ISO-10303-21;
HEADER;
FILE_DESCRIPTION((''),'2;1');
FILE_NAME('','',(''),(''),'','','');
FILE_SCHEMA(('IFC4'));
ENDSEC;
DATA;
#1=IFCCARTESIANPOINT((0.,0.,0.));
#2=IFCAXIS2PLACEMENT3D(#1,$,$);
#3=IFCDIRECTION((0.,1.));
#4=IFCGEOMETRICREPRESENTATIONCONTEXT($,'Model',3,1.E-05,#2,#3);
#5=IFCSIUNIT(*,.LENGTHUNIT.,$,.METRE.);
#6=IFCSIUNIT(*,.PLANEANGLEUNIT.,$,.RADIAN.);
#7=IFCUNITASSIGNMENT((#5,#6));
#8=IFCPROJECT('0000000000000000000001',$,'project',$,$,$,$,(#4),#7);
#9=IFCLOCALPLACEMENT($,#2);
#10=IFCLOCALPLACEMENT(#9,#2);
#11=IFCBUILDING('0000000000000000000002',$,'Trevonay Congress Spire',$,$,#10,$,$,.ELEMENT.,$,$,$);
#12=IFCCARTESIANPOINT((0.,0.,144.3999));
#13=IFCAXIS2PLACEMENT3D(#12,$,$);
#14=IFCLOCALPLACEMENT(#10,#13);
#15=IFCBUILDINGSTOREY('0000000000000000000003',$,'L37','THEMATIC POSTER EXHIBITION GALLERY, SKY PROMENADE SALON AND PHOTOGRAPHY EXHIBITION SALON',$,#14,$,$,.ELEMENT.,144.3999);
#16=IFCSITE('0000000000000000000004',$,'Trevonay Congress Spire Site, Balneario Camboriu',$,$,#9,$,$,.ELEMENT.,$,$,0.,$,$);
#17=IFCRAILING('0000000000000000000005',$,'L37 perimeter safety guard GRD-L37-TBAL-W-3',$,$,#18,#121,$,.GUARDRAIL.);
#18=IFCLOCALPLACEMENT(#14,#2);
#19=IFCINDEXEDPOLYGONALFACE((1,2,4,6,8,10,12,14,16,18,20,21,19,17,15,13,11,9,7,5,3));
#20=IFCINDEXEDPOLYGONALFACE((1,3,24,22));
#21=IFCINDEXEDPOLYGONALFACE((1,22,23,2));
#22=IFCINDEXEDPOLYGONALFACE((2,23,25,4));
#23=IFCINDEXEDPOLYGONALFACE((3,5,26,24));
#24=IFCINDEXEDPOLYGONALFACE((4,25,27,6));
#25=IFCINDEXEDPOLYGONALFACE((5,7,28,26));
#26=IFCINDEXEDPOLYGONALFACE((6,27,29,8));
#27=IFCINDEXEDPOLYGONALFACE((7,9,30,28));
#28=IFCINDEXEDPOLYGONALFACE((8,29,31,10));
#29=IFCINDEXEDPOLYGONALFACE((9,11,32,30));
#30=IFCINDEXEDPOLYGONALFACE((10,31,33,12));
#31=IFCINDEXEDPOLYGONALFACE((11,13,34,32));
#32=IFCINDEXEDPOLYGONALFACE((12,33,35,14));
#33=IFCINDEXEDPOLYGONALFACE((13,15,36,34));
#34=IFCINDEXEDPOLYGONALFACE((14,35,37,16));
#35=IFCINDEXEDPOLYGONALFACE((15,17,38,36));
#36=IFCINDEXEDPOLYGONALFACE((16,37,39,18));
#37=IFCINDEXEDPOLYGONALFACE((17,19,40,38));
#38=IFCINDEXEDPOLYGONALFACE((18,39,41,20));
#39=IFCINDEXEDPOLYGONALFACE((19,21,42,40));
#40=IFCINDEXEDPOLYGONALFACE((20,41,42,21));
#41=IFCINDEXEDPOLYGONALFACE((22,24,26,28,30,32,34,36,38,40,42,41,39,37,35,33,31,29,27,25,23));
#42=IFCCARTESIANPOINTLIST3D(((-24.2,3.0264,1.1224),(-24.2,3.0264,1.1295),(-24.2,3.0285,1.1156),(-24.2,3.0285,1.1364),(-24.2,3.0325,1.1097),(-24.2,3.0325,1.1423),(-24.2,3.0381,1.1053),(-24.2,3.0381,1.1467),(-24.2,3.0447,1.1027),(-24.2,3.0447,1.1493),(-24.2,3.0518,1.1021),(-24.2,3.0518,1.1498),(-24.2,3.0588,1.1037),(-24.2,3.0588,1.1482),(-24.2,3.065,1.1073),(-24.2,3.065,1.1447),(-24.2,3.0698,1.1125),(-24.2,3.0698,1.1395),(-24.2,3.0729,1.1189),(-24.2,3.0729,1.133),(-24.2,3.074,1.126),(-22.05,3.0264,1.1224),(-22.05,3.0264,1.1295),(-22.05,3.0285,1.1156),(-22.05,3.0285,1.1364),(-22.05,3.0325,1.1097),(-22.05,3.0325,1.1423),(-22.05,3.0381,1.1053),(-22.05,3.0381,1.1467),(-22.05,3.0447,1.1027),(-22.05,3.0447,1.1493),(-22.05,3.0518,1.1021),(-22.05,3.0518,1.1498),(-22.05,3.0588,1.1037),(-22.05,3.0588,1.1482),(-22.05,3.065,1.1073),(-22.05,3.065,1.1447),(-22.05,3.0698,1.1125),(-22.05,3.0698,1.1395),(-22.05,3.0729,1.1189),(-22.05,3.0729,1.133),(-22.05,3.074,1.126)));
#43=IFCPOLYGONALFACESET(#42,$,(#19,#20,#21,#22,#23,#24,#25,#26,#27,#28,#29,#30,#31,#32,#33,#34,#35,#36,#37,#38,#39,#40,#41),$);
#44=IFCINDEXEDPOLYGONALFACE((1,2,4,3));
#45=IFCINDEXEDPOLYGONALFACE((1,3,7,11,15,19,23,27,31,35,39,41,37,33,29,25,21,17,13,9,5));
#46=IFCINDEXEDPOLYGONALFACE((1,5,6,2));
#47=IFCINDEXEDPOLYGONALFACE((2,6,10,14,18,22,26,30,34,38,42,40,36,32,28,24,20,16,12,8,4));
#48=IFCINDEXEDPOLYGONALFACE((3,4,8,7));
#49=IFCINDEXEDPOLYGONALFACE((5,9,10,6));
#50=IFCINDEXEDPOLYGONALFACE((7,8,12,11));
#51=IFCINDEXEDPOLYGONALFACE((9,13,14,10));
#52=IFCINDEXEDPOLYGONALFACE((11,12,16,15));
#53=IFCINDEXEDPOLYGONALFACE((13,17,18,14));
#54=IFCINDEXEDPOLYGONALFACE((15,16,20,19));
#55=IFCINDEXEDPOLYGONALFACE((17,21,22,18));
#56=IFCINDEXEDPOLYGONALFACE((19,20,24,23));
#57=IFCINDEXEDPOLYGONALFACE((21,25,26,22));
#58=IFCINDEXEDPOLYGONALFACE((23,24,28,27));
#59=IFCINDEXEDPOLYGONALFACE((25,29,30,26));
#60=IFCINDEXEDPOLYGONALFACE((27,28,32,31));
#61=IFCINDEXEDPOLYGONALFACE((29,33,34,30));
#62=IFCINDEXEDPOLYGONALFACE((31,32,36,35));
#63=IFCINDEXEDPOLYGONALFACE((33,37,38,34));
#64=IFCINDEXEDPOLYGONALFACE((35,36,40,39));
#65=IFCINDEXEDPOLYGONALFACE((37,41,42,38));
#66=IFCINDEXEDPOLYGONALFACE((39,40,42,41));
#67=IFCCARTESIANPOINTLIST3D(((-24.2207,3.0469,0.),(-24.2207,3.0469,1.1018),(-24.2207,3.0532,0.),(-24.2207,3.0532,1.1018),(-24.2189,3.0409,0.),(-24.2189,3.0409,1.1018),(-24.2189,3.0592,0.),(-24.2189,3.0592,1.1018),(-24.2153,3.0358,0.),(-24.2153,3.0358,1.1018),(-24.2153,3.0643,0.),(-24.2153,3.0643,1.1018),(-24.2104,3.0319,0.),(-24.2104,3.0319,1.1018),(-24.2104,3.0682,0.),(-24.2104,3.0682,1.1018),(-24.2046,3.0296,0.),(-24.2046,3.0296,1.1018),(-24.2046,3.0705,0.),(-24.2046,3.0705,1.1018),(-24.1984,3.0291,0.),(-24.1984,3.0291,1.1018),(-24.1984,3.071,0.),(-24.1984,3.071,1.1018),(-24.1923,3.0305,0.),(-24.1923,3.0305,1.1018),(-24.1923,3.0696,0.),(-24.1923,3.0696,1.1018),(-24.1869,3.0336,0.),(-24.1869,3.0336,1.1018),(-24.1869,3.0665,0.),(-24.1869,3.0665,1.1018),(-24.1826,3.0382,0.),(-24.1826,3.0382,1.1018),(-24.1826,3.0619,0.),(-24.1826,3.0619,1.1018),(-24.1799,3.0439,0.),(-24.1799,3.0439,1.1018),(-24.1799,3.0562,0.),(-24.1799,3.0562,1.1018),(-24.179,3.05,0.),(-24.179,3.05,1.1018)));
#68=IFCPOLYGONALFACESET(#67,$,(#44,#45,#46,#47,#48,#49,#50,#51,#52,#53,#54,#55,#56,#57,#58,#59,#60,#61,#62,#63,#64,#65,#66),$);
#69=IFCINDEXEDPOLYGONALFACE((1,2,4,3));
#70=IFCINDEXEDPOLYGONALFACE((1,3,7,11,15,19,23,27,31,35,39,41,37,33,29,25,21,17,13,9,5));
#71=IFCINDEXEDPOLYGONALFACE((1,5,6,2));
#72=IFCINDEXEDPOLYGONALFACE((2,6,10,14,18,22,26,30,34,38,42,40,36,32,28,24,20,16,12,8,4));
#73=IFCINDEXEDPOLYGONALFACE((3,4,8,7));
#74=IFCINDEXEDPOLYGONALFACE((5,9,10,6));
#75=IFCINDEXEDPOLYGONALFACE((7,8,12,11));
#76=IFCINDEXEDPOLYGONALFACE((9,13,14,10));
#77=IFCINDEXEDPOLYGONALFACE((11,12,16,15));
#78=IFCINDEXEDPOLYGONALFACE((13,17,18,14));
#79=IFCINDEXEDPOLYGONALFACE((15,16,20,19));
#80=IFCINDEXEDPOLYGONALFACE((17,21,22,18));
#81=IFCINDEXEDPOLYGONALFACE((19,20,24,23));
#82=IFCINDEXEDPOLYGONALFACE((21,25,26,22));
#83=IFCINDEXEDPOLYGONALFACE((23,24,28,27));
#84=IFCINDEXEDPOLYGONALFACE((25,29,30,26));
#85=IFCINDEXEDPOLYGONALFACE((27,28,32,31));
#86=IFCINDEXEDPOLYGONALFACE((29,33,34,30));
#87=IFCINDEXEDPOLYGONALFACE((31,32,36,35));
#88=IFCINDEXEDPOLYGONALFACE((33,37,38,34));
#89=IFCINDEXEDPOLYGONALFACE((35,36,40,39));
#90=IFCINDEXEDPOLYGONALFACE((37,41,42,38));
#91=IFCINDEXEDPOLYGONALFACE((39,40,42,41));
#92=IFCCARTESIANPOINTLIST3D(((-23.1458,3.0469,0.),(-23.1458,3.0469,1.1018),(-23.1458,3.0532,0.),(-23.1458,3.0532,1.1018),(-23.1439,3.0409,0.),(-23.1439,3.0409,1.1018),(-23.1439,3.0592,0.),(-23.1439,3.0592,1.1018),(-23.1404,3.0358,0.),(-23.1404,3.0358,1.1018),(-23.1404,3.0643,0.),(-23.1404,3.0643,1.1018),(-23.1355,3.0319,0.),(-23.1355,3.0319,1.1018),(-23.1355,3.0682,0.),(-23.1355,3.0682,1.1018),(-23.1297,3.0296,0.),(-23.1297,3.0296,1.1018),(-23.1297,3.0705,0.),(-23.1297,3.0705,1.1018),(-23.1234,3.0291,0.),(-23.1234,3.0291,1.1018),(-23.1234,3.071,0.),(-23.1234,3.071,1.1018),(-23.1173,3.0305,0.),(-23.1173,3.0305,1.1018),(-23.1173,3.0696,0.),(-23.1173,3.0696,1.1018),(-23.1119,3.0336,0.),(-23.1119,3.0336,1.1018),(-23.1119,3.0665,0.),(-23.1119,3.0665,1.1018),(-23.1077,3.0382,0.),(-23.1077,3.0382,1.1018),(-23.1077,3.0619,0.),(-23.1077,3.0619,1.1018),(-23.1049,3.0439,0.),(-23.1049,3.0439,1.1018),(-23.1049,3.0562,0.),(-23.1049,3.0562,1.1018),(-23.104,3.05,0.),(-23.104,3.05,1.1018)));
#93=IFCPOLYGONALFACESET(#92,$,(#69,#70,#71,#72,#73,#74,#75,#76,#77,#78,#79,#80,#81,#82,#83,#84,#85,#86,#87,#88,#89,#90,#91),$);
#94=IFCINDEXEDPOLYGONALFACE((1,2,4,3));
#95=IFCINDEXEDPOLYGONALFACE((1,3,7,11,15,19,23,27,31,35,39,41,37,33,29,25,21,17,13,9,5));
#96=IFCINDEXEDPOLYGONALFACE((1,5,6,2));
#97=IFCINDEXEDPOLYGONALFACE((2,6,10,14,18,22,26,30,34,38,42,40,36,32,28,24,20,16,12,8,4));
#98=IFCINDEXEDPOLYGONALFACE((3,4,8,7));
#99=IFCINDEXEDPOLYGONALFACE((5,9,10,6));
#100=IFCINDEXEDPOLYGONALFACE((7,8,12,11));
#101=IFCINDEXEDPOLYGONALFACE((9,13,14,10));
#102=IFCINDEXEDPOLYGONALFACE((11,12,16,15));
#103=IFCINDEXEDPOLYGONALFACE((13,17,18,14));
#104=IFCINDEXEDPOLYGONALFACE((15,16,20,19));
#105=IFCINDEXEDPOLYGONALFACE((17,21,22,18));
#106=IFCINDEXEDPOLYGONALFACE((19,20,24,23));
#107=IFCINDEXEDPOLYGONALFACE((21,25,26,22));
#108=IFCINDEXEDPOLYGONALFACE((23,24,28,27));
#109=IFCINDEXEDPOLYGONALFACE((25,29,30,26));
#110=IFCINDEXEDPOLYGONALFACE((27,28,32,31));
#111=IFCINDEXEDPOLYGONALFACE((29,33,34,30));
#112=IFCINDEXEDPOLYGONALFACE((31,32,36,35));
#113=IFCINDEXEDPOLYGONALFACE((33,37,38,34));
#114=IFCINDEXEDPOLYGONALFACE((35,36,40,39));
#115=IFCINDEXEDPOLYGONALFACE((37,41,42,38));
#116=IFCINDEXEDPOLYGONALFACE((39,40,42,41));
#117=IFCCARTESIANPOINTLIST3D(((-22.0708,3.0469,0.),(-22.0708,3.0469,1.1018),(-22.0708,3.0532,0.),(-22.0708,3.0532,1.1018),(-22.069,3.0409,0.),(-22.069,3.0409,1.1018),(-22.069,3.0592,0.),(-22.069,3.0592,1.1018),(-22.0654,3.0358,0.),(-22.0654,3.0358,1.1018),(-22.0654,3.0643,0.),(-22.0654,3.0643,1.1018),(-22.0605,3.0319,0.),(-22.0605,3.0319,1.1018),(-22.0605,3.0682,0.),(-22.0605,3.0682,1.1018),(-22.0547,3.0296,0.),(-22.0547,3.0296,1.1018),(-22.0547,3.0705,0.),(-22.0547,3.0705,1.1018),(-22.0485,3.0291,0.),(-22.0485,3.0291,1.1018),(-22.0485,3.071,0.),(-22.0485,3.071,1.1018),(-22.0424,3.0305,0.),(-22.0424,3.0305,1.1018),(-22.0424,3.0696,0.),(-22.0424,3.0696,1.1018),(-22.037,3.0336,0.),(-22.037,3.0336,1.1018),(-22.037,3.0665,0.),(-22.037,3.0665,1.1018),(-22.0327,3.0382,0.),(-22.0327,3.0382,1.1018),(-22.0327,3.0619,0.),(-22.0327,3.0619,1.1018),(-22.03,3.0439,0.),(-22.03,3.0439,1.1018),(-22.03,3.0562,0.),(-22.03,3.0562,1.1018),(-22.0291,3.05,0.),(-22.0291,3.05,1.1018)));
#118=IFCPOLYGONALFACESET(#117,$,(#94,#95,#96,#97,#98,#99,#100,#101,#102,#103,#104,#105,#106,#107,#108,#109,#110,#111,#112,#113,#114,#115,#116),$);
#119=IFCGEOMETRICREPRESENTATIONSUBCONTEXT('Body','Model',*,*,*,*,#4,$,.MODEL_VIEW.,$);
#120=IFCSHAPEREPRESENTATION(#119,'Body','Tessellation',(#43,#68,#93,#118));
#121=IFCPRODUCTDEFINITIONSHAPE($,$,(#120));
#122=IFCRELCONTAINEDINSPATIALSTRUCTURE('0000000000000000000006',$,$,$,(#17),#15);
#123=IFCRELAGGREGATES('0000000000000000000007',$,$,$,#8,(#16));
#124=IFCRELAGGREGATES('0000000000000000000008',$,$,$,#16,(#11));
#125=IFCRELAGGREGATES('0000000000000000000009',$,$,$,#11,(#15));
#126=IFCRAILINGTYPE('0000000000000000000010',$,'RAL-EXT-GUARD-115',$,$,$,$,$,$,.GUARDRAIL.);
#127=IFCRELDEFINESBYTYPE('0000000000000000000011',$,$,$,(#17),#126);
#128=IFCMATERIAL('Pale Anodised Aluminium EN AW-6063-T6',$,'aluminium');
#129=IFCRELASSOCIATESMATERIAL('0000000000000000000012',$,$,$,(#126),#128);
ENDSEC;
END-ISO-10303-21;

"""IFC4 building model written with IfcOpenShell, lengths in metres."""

from ifc_helpers import new_model, si_unit, direction, frame, origin, origin_2d, place, context, subcontext, project, spatial, circle, extrude, material, type_object, element, save


model = new_model("IFC4")

# Units and contexts
model_context = context("Model", 3, precision=1e-05, world=origin(), true_north=direction((0.0, 1.0)))
body_context = subcontext(model_context, "Body", "Model", "MODEL_VIEW")
ifc_project = project(units=[si_unit("LENGTHUNIT", "METRE"), si_unit("PLANEANGLEUNIT", "RADIAN")], contexts=[model_context])

# Site, building, storey
site_placement = place(None, origin())
site = spatial("IfcSite", under=ifc_project, at=site_placement, Name="Trevonay Congress Spire Site, Balneario Camboriu", CompositionType="ELEMENT", RefElevation=0.0)
building_placement = place(site_placement, origin())
building = spatial("IfcBuilding", under=site, at=building_placement, Name="Trevonay Congress Spire", CompositionType="ELEMENT")
storey_placement = place(building_placement, frame((0.0, 0.0, 144.3999)))
storey = spatial("IfcBuildingStorey", under=building, at=storey_placement, Name="L37", Description="THEMATIC POSTER EXHIBITION GALLERY, SKY PROMENADE SALON AND PHOTOGRAPHY EXHIBITION SALON", CompositionType="ELEMENT", Elevation=144.3999)

# Shared definitions
ifc_material_1 = material(Name="Pale Anodised Aluminium EN AW-6063-T6", Category="aluminium")

# Railing
railing_type = type_object("IfcRailingType", Name="RAL-EXT-GUARD-115", PredefinedType="GUARDRAIL", material=ifc_material_1)
railing_placement = place(storey_placement, frame((-24.2, 3.05, 0.0)))
element("IfcRailing", 1, at=railing_placement, inside=storey, type_object=railing_type, Name="L37 perimeter safety guard GRD-L37-TBAL-W-3", PredefinedType="GUARDRAIL", context=body_context, shape_type="SweptSolid", body=[
    extrude(circle(Radius=0.0239, at=origin_2d()), frame((0.0, 0.0, 1.126), z_axis=(1.0, 0.0, 0.0), x_axis=(0.0, 1.0, 0.0)), (0.0, 0.0, 1.0), 2.1499),
    extrude(circle(Radius=0.021, at=origin_2d()), origin(), (0.0, 0.0, 1.0), 1.1018),
    extrude(circle(Radius=0.021, at=origin_2d()), frame((1.075, 0.0, 0.0)), (0.0, 0.0, 1.0), 1.1018),
    extrude(circle(Radius=0.021, at=origin_2d()), frame((2.1499, 0.0, 0.0)), (0.0, 0.0, 1.0), 1.1018),
])

save(model, "model.ifc")
